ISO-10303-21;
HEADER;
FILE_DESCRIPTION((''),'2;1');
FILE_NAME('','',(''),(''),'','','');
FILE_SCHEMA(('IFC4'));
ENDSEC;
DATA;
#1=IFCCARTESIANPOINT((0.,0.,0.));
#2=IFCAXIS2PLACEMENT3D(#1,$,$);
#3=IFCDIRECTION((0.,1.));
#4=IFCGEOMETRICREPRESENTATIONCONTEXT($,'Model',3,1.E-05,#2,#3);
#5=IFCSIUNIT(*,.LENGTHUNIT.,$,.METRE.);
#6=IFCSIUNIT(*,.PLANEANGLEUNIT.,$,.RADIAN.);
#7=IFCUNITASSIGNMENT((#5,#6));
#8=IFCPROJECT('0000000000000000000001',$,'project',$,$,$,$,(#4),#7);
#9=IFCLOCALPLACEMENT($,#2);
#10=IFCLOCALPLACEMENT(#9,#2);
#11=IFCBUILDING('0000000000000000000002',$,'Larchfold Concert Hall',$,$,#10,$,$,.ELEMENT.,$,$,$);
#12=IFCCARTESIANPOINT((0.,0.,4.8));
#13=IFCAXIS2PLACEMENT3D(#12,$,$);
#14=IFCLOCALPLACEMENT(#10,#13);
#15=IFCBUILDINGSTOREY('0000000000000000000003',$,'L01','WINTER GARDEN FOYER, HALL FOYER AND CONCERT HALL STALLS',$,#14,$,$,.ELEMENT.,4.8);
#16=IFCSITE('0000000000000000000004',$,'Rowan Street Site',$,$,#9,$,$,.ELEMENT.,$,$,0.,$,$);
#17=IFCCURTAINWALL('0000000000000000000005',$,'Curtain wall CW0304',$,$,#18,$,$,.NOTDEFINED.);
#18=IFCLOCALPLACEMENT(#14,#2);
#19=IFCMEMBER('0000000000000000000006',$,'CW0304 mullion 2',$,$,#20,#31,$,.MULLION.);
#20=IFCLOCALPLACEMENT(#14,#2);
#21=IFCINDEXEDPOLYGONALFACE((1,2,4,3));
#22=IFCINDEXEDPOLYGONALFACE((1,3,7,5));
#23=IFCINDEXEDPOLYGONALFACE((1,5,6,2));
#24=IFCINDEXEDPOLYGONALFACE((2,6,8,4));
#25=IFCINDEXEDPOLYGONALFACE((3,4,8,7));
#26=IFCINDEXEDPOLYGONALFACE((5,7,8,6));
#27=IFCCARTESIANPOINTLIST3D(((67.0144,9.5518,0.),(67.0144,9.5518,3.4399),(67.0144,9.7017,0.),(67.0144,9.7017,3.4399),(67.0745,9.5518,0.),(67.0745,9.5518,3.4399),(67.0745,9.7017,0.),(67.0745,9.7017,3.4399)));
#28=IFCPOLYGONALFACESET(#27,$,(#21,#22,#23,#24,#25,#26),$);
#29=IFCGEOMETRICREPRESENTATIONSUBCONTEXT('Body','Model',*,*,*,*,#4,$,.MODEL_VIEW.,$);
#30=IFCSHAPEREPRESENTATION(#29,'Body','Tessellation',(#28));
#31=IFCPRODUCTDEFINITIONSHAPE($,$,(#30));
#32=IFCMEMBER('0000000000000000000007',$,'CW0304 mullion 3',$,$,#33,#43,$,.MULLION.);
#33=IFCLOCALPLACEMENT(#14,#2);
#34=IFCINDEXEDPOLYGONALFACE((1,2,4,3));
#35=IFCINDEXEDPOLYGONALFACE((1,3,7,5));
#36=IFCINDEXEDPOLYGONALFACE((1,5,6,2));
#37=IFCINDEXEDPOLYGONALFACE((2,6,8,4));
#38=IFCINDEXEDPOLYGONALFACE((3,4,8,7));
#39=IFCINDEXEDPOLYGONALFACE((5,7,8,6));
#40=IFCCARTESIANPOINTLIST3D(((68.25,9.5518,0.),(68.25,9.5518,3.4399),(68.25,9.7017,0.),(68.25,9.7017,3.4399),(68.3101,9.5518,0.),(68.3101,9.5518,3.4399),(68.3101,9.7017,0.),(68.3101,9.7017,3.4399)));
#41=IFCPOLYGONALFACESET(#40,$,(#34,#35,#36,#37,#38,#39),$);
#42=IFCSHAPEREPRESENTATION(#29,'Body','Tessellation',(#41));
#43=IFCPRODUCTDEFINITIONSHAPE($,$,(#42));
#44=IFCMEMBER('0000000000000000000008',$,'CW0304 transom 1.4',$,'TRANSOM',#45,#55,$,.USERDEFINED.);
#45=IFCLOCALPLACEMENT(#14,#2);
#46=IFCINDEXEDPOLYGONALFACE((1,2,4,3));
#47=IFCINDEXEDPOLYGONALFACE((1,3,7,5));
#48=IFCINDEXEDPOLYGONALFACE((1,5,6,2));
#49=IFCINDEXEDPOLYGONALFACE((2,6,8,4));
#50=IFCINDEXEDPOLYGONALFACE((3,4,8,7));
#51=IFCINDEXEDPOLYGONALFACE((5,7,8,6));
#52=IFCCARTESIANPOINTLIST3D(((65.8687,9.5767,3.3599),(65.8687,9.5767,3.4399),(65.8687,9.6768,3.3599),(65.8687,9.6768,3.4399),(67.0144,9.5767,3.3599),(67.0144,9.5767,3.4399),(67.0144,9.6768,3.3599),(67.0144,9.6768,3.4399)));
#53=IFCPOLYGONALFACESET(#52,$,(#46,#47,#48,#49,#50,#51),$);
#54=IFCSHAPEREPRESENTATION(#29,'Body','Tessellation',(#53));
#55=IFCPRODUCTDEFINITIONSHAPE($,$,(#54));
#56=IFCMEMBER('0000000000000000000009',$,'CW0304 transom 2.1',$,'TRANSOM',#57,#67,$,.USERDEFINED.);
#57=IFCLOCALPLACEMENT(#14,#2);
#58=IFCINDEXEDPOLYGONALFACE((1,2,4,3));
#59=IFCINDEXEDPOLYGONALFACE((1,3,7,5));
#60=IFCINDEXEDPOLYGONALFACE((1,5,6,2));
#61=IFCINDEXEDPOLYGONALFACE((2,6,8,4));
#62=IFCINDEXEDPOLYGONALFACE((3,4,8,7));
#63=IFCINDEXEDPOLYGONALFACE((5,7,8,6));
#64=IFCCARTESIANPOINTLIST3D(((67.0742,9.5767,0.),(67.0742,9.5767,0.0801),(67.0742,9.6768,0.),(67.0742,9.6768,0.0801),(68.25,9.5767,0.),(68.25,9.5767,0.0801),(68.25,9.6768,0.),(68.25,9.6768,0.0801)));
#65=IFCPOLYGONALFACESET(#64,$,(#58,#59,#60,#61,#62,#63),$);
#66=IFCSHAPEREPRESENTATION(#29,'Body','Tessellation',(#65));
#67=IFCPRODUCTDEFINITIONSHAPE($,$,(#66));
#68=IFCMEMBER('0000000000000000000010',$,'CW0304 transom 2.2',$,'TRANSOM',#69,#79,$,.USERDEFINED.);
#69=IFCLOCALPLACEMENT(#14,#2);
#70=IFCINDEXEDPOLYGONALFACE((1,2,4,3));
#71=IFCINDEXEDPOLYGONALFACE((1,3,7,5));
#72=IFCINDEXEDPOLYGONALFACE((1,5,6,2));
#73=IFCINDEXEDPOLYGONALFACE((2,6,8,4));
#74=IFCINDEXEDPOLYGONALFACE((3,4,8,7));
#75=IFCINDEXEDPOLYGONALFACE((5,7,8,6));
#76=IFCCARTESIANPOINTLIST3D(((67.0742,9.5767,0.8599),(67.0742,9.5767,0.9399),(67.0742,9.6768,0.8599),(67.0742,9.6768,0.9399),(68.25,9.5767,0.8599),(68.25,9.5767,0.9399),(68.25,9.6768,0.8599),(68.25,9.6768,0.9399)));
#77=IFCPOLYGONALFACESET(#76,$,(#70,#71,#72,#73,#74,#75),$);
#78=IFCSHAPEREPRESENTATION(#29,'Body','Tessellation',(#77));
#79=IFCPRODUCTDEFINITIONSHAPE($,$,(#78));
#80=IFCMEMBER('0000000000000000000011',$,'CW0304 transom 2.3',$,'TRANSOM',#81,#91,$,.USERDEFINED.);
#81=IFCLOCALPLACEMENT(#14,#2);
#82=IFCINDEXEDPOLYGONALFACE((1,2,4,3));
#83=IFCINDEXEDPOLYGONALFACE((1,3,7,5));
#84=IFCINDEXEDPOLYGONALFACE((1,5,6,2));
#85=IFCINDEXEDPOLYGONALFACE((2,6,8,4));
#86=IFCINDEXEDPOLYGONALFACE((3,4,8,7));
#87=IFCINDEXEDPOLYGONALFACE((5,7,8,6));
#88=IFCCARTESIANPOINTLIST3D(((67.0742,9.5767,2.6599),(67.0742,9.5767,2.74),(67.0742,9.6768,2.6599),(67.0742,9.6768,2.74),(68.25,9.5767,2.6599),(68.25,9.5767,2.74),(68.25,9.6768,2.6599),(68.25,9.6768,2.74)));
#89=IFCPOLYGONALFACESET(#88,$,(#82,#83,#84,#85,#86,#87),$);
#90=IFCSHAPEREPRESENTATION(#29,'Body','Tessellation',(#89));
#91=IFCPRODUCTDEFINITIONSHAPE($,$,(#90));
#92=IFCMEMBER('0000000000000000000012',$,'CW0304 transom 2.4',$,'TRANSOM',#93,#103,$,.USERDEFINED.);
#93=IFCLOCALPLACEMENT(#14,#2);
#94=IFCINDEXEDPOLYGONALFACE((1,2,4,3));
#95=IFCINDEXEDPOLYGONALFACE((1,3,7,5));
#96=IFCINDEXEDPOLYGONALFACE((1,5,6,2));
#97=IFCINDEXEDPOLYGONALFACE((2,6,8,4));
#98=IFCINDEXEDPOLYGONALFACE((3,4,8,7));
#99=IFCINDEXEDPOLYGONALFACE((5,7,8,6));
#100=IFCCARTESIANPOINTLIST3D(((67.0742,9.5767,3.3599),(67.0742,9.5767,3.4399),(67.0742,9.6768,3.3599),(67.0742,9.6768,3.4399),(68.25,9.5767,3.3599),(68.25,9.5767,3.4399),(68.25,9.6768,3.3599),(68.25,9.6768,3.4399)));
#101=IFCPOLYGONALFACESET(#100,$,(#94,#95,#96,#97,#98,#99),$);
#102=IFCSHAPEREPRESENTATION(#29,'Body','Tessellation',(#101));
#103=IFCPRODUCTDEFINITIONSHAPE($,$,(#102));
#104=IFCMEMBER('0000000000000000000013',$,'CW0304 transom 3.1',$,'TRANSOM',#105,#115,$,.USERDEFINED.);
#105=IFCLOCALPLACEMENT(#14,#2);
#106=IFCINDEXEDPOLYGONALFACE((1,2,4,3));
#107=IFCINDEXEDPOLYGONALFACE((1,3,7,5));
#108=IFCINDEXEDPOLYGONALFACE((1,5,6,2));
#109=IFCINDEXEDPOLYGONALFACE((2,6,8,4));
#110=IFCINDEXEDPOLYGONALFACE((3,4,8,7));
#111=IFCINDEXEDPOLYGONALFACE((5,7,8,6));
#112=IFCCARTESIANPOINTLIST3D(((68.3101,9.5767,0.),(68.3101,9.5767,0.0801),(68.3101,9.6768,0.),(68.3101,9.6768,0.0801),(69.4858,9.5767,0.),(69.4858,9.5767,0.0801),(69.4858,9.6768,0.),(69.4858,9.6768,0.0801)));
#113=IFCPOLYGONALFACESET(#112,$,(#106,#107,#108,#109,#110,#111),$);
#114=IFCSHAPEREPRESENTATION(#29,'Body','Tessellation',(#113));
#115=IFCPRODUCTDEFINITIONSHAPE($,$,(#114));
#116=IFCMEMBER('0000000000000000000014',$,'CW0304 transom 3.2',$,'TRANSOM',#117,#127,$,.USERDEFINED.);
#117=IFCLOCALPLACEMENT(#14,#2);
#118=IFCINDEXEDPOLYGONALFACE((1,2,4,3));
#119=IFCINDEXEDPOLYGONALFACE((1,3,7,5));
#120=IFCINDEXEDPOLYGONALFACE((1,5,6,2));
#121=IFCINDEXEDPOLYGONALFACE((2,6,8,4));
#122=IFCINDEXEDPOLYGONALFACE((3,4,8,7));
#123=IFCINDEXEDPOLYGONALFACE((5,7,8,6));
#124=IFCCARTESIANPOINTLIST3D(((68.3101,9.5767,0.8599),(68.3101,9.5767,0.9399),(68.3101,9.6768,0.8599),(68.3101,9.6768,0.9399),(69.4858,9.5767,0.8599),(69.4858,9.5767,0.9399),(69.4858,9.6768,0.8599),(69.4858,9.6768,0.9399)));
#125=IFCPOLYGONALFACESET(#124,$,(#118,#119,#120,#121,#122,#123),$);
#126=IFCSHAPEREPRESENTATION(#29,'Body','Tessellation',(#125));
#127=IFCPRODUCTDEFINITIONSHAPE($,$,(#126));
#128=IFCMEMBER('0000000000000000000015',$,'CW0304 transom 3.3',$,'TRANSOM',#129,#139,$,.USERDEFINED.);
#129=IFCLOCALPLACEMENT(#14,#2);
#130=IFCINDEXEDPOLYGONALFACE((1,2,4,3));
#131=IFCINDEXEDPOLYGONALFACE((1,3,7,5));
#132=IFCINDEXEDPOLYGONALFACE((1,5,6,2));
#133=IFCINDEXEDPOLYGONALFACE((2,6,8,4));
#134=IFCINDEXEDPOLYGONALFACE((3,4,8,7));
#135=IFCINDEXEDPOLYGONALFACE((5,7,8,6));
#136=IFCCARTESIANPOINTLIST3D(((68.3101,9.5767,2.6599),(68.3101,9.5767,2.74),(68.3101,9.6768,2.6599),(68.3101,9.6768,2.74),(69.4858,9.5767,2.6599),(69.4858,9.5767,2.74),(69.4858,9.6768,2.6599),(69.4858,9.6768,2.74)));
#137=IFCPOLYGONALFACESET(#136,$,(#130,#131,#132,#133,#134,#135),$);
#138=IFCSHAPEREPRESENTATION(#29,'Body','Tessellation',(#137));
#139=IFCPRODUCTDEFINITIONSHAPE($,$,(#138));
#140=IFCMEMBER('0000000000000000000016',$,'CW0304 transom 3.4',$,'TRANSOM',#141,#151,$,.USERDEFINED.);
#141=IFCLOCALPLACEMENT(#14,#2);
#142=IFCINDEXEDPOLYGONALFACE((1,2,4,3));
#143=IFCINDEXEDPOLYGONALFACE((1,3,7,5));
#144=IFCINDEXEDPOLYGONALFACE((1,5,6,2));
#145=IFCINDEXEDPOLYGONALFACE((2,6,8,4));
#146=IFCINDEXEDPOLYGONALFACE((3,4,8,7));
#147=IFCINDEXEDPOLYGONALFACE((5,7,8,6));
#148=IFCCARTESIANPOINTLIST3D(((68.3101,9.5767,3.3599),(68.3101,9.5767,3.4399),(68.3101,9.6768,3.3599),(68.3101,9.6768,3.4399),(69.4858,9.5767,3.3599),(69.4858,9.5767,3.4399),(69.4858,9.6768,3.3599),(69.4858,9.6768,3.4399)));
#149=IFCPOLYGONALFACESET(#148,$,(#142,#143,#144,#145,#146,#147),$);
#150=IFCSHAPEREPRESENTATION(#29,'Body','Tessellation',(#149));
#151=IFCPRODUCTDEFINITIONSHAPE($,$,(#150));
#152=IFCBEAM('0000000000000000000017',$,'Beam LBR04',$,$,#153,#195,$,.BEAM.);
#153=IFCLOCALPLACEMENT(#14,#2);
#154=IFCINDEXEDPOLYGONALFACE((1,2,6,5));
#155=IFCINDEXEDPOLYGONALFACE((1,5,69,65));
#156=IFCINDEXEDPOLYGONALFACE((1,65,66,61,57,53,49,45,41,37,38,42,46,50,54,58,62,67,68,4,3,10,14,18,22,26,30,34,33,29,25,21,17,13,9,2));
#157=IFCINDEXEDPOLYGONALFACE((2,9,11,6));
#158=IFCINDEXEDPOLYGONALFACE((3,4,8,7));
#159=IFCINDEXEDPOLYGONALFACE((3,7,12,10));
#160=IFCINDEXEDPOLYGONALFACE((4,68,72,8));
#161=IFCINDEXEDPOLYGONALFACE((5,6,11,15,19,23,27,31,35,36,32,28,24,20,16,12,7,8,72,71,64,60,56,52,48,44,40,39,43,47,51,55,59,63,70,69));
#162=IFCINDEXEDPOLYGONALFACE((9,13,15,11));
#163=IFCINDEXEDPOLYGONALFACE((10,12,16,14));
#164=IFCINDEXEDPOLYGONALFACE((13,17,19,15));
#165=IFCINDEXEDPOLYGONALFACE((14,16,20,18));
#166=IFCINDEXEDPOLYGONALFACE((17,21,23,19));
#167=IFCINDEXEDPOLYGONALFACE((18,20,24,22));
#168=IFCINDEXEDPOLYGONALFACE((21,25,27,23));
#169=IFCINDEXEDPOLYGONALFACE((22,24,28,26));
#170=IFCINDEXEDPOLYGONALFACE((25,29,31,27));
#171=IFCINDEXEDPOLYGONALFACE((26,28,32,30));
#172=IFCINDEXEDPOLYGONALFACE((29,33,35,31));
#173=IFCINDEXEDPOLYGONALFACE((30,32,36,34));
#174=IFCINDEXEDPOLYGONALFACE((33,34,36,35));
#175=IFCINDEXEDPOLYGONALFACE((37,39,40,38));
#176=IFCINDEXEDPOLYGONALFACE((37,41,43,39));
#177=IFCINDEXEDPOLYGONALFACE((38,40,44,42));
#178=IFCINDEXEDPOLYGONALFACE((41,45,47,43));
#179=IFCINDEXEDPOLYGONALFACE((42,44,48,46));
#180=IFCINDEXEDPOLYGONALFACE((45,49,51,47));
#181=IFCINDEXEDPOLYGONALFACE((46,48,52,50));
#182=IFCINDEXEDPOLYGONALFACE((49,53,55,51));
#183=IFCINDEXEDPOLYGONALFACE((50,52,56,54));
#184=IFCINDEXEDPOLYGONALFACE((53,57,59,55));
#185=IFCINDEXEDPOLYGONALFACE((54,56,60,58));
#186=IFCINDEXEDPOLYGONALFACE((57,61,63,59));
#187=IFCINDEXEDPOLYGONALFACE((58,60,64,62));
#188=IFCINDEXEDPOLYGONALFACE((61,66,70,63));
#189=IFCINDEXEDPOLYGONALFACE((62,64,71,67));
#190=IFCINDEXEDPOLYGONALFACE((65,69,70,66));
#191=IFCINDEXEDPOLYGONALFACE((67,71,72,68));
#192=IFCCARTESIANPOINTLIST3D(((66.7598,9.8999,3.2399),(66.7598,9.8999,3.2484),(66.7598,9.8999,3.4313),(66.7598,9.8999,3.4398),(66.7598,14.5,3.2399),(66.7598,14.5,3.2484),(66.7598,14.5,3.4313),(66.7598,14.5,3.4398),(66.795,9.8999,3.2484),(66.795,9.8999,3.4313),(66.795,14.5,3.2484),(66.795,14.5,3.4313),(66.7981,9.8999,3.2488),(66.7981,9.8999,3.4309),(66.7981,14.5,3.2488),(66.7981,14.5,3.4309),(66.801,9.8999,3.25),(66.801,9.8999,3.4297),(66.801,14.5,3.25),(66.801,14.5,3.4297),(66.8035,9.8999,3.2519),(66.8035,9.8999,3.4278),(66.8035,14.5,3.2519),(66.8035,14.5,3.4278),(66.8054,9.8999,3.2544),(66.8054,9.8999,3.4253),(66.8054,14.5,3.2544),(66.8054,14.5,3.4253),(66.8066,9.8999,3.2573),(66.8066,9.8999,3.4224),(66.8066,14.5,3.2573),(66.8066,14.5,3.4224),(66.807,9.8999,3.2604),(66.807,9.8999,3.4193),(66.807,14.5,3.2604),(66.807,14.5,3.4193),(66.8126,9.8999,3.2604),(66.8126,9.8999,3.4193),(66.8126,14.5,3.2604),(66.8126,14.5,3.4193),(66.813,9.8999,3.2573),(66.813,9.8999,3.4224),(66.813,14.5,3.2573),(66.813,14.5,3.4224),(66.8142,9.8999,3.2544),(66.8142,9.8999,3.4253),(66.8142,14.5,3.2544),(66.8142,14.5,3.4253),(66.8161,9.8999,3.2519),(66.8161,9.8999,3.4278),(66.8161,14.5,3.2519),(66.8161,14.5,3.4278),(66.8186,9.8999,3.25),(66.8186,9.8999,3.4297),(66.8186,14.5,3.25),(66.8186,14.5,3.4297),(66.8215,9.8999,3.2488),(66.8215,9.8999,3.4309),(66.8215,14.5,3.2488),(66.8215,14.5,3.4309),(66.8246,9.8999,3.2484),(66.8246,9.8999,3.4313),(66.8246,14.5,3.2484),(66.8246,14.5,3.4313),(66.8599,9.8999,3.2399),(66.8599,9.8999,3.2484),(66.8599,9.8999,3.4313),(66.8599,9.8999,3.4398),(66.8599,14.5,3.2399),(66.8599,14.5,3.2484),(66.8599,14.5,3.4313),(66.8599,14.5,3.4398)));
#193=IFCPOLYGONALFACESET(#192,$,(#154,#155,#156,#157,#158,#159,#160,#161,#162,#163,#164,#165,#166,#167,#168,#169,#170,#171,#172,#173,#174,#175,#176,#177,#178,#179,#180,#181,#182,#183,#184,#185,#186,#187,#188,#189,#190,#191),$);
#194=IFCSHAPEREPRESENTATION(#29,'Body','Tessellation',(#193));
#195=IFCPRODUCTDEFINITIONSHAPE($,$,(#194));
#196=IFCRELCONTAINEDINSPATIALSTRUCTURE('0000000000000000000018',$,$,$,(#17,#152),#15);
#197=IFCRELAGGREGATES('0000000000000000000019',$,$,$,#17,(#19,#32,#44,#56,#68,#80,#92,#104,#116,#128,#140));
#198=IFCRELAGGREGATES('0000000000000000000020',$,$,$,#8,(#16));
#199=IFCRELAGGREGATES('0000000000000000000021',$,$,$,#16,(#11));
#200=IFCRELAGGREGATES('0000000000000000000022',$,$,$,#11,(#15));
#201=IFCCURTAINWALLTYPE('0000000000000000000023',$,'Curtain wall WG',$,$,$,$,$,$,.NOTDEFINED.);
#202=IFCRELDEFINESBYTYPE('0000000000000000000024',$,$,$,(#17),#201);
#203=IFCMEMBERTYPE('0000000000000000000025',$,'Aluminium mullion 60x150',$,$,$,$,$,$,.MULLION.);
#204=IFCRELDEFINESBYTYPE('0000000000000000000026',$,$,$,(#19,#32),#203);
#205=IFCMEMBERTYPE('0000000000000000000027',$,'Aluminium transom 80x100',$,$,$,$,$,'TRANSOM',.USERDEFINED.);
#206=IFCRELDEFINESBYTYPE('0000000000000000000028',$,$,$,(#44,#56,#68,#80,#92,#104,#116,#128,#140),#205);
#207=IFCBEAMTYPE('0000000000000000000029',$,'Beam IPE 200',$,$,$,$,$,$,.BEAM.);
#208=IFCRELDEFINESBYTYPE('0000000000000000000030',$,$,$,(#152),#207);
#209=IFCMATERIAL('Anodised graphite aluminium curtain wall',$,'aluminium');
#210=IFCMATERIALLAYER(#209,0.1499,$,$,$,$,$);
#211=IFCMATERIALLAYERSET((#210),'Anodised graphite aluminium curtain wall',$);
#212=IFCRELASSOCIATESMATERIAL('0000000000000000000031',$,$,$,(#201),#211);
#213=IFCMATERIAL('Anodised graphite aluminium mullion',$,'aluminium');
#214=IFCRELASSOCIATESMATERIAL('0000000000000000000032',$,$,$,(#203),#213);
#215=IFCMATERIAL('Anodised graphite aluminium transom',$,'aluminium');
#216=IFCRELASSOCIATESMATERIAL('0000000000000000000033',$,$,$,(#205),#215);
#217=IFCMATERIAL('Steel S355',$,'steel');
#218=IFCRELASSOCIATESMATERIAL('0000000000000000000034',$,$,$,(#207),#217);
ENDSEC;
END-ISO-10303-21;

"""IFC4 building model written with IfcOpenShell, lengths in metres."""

from ifc_helpers import new_model, si_unit, direction, frame, origin, origin_2d, place, context, subcontext, project, spatial, rectangle, i_section, extrude, material, layer, layer_set, material_profile, profile_set, type_object, element, aggregate, save


model = new_model("IFC4")

# Units and contexts
model_context = context("Model", 3, precision=1e-05, world=origin(), true_north=direction((0.0, 1.0)))
body_context = subcontext(model_context, "Body", "Model", "MODEL_VIEW")
ifc_project = project(units=[si_unit("LENGTHUNIT", "METRE"), si_unit("PLANEANGLEUNIT", "RADIAN")], contexts=[model_context])

# Site, building, storey
site_placement = place(None, origin())
site = spatial("IfcSite", under=ifc_project, at=site_placement, Name="Rowan Street Site", CompositionType="ELEMENT", RefElevation=0.0)
building_placement = place(site_placement, origin())
building = spatial("IfcBuilding", under=site, at=building_placement, Name="Larchfold Concert Hall", CompositionType="ELEMENT")
storey_placement = place(building_placement, frame((0.0, 0.0, 4.8)))
storey = spatial("IfcBuildingStorey", under=building, at=storey_placement, Name="L01", Description="WINTER GARDEN FOYER, HALL FOYER AND CONCERT HALL STALLS", CompositionType="ELEMENT", Elevation=4.8)

# Curtain wall, members
ifc_material_1 = material(Name="Anodised graphite aluminium curtain wall", Category="aluminium")
ifc_layer_1 = layer(ifc_material_1, 0.1499)
ifc_layer_set_1 = layer_set([ifc_layer_1], Name="Anodised graphite aluminium curtain wall")
curtain_wall_type = type_object("IfcCurtainWallType", Name="Curtain wall WG", PredefinedType="NOTDEFINED", material=ifc_layer_set_1)
curtain_wall_placement = place(storey_placement, origin())
curtain_wall = element("IfcCurtainWall", 1, at=curtain_wall_placement, inside=storey, type_object=curtain_wall_type, Name="Curtain wall CW0304", PredefinedType="NOTDEFINED")
ifc_material_2 = material(Name="Anodised graphite aluminium mullion", Category="aluminium")
ifc_material_profile_1 = material_profile(ifc_material_2, rectangle(XDim=0.1499, YDim=0.0601, at=origin_2d()))
ifc_profile_set_1 = profile_set([ifc_material_profile_1], Name="Anodised graphite aluminium mullion")
member_type_1 = type_object("IfcMemberType", Name="Aluminium mullion 60x150", PredefinedType="MULLION", material=ifc_profile_set_1)
member_1_placement = place(storey_placement, frame((67.0444, 9.6267, 0.0), z_axis=(0.0, 0.0, 1.0), x_axis=(0.0, 1.0, 0.0)))
member_1 = element("IfcMember", 2, at=member_1_placement, type_object=member_type_1, Name="CW0304 mullion 2", PredefinedType="MULLION", context=body_context, shape_type="SweptSolid", body=[
    extrude(rectangle(XDim=0.1499, YDim=0.0601, at=origin_2d()), origin(), (0.0, 0.0, 1.0), 3.4399),
])
member_2_placement = place(storey_placement, frame((68.28, 9.6267, 0.0), z_axis=(0.0, 0.0, 1.0), x_axis=(0.0, 1.0, 0.0)))
member_2 = element("IfcMember", 3, at=member_2_placement, type_object=member_type_1, Name="CW0304 mullion 3", PredefinedType="MULLION", context=body_context, shape_type="SweptSolid", body=[
    extrude(rectangle(XDim=0.1499, YDim=0.0601, at=origin_2d()), origin(), (0.0, 0.0, 1.0), 3.4399),
])
ifc_material_3 = material(Name="Anodised graphite aluminium transom", Category="aluminium")
ifc_material_profile_2 = material_profile(ifc_material_3, rectangle(XDim=0.1001, YDim=0.0801, at=origin_2d()))
ifc_profile_set_2 = profile_set([ifc_material_profile_2], Name="Anodised graphite aluminium transom")
member_type_2 = type_object("IfcMemberType", Name="Aluminium transom 80x100", ElementType="TRANSOM", PredefinedType="USERDEFINED", material=ifc_profile_set_2)
member_3_placement = place(storey_placement, frame((65.8687, 9.6267, 3.3999), z_axis=(1.0, 0.0, 0.0), x_axis=(0.0, 1.0, 0.0)))
member_3 = element("IfcMember", 4, at=member_3_placement, type_object=member_type_2, Name="CW0304 transom 1.4", ObjectType="TRANSOM", PredefinedType="USERDEFINED", context=body_context, shape_type="SweptSolid", body=[
    extrude(rectangle(XDim=0.1001, YDim=0.0801, at=origin_2d()), origin(), (0.0, 0.0, 1.0), 1.1458),
])
member_4_placement = place(storey_placement, frame((67.0742, 9.6267, 0.04), z_axis=(1.0, 0.0, 0.0), x_axis=(0.0, 1.0, 0.0)))
member_4 = element("IfcMember", 5, at=member_4_placement, type_object=member_type_2, Name="CW0304 transom 2.1", ObjectType="TRANSOM", PredefinedType="USERDEFINED", context=body_context, shape_type="SweptSolid", body=[
    extrude(rectangle(XDim=0.1001, YDim=0.0801, at=origin_2d()), origin(), (0.0, 0.0, 1.0), 1.1758),
])
member_5_placement = place(storey_placement, frame((67.0742, 9.6267, 0.8999), z_axis=(1.0, 0.0, 0.0), x_axis=(0.0, 1.0, 0.0)))
member_5 = element("IfcMember", 6, at=member_5_placement, type_object=member_type_2, Name="CW0304 transom 2.2", ObjectType="TRANSOM", PredefinedType="USERDEFINED", context=body_context, shape_type="SweptSolid", body=[
    extrude(rectangle(XDim=0.1001, YDim=0.0801, at=origin_2d()), origin(), (0.0, 0.0, 1.0), 1.1758),
])
member_6_placement = place(storey_placement, frame((67.0742, 9.6267, 2.7), z_axis=(1.0, 0.0, 0.0), x_axis=(0.0, 1.0, 0.0)))
member_6 = element("IfcMember", 7, at=member_6_placement, type_object=member_type_2, Name="CW0304 transom 2.3", ObjectType="TRANSOM", PredefinedType="USERDEFINED", context=body_context, shape_type="SweptSolid", body=[
    extrude(rectangle(XDim=0.1001, YDim=0.0801, at=origin_2d()), origin(), (0.0, 0.0, 1.0), 1.1758),
])
member_7_placement = place(storey_placement, frame((67.0742, 9.6267, 3.3999), z_axis=(1.0, 0.0, 0.0), x_axis=(0.0, 1.0, 0.0)))
member_7 = element("IfcMember", 8, at=member_7_placement, type_object=member_type_2, Name="CW0304 transom 2.4", ObjectType="TRANSOM", PredefinedType="USERDEFINED", context=body_context, shape_type="SweptSolid", body=[
    extrude(rectangle(XDim=0.1001, YDim=0.0801, at=origin_2d()), origin(), (0.0, 0.0, 1.0), 1.1758),
])
member_8_placement = place(storey_placement, frame((68.3101, 9.6267, 0.04), z_axis=(1.0, 0.0, 0.0), x_axis=(0.0, 1.0, 0.0)))
member_8 = element("IfcMember", 9, at=member_8_placement, type_object=member_type_2, Name="CW0304 transom 3.1", ObjectType="TRANSOM", PredefinedType="USERDEFINED", context=body_context, shape_type="SweptSolid", body=[
    extrude(rectangle(XDim=0.1001, YDim=0.0801, at=origin_2d()), origin(), (0.0, 0.0, 1.0), 1.1758),
])
member_9_placement = place(storey_placement, frame((68.3101, 9.6267, 0.8999), z_axis=(1.0, 0.0, 0.0), x_axis=(0.0, 1.0, 0.0)))
member_9 = element("IfcMember", 10, at=member_9_placement, type_object=member_type_2, Name="CW0304 transom 3.2", ObjectType="TRANSOM", PredefinedType="USERDEFINED", context=body_context, shape_type="SweptSolid", body=[
    extrude(rectangle(XDim=0.1001, YDim=0.0801, at=origin_2d()), origin(), (0.0, 0.0, 1.0), 1.1758),
])
member_10_placement = place(storey_placement, frame((68.3101, 9.6267, 2.7), z_axis=(1.0, 0.0, 0.0), x_axis=(0.0, 1.0, 0.0)))
member_10 = element("IfcMember", 11, at=member_10_placement, type_object=member_type_2, Name="CW0304 transom 3.3", ObjectType="TRANSOM", PredefinedType="USERDEFINED", context=body_context, shape_type="SweptSolid", body=[
    extrude(rectangle(XDim=0.1001, YDim=0.0801, at=origin_2d()), origin(), (0.0, 0.0, 1.0), 1.1758),
])
member_11_placement = place(storey_placement, frame((68.3101, 9.6267, 3.3999), z_axis=(1.0, 0.0, 0.0), x_axis=(0.0, 1.0, 0.0)))
member_11 = element("IfcMember", 12, at=member_11_placement, type_object=member_type_2, Name="CW0304 transom 3.4", ObjectType="TRANSOM", PredefinedType="USERDEFINED", context=body_context, shape_type="SweptSolid", body=[
    extrude(rectangle(XDim=0.1001, YDim=0.0801, at=origin_2d()), origin(), (0.0, 0.0, 1.0), 1.1758),
])

# Beam
ifc_material_4 = material(Name="Steel S355", Category="steel")
ifc_material_profile_3 = material_profile(ifc_material_4, i_section(OverallWidth=0.1001, OverallDepth=0.2, WebThickness=0.0056, FlangeThickness=0.0085, FilletRadius=0.012, at=origin_2d()))
ifc_profile_set_3 = profile_set([ifc_material_profile_3], Name="Steel S355")
beam_type_1 = type_object("IfcBeamType", Name="Beam IPE 200", PredefinedType="BEAM", material=ifc_profile_set_3)
beam_1_placement = place(storey_placement, frame((66.8098, 9.8999, 3.3398), z_axis=(0.0, 1.0, 0.0), x_axis=(-1.0, 0.0, 0.0)))
element("IfcBeam", 13, at=beam_1_placement, inside=storey, type_object=beam_type_1, Name="Beam LBR04", PredefinedType="BEAM", context=body_context, shape_type="SweptSolid", body=[
    extrude(i_section(OverallWidth=0.1001, OverallDepth=0.2, WebThickness=0.0056, FlangeThickness=0.0085, FilletRadius=0.012, at=origin_2d()), origin(), (0.0, 0.0, 1.0), 4.6001),
])

aggregate(curtain_wall, [member_1, member_2, member_3, member_4, member_5, member_6, member_7, member_8, member_9, member_10, member_11])

save(model, "model.ifc")
